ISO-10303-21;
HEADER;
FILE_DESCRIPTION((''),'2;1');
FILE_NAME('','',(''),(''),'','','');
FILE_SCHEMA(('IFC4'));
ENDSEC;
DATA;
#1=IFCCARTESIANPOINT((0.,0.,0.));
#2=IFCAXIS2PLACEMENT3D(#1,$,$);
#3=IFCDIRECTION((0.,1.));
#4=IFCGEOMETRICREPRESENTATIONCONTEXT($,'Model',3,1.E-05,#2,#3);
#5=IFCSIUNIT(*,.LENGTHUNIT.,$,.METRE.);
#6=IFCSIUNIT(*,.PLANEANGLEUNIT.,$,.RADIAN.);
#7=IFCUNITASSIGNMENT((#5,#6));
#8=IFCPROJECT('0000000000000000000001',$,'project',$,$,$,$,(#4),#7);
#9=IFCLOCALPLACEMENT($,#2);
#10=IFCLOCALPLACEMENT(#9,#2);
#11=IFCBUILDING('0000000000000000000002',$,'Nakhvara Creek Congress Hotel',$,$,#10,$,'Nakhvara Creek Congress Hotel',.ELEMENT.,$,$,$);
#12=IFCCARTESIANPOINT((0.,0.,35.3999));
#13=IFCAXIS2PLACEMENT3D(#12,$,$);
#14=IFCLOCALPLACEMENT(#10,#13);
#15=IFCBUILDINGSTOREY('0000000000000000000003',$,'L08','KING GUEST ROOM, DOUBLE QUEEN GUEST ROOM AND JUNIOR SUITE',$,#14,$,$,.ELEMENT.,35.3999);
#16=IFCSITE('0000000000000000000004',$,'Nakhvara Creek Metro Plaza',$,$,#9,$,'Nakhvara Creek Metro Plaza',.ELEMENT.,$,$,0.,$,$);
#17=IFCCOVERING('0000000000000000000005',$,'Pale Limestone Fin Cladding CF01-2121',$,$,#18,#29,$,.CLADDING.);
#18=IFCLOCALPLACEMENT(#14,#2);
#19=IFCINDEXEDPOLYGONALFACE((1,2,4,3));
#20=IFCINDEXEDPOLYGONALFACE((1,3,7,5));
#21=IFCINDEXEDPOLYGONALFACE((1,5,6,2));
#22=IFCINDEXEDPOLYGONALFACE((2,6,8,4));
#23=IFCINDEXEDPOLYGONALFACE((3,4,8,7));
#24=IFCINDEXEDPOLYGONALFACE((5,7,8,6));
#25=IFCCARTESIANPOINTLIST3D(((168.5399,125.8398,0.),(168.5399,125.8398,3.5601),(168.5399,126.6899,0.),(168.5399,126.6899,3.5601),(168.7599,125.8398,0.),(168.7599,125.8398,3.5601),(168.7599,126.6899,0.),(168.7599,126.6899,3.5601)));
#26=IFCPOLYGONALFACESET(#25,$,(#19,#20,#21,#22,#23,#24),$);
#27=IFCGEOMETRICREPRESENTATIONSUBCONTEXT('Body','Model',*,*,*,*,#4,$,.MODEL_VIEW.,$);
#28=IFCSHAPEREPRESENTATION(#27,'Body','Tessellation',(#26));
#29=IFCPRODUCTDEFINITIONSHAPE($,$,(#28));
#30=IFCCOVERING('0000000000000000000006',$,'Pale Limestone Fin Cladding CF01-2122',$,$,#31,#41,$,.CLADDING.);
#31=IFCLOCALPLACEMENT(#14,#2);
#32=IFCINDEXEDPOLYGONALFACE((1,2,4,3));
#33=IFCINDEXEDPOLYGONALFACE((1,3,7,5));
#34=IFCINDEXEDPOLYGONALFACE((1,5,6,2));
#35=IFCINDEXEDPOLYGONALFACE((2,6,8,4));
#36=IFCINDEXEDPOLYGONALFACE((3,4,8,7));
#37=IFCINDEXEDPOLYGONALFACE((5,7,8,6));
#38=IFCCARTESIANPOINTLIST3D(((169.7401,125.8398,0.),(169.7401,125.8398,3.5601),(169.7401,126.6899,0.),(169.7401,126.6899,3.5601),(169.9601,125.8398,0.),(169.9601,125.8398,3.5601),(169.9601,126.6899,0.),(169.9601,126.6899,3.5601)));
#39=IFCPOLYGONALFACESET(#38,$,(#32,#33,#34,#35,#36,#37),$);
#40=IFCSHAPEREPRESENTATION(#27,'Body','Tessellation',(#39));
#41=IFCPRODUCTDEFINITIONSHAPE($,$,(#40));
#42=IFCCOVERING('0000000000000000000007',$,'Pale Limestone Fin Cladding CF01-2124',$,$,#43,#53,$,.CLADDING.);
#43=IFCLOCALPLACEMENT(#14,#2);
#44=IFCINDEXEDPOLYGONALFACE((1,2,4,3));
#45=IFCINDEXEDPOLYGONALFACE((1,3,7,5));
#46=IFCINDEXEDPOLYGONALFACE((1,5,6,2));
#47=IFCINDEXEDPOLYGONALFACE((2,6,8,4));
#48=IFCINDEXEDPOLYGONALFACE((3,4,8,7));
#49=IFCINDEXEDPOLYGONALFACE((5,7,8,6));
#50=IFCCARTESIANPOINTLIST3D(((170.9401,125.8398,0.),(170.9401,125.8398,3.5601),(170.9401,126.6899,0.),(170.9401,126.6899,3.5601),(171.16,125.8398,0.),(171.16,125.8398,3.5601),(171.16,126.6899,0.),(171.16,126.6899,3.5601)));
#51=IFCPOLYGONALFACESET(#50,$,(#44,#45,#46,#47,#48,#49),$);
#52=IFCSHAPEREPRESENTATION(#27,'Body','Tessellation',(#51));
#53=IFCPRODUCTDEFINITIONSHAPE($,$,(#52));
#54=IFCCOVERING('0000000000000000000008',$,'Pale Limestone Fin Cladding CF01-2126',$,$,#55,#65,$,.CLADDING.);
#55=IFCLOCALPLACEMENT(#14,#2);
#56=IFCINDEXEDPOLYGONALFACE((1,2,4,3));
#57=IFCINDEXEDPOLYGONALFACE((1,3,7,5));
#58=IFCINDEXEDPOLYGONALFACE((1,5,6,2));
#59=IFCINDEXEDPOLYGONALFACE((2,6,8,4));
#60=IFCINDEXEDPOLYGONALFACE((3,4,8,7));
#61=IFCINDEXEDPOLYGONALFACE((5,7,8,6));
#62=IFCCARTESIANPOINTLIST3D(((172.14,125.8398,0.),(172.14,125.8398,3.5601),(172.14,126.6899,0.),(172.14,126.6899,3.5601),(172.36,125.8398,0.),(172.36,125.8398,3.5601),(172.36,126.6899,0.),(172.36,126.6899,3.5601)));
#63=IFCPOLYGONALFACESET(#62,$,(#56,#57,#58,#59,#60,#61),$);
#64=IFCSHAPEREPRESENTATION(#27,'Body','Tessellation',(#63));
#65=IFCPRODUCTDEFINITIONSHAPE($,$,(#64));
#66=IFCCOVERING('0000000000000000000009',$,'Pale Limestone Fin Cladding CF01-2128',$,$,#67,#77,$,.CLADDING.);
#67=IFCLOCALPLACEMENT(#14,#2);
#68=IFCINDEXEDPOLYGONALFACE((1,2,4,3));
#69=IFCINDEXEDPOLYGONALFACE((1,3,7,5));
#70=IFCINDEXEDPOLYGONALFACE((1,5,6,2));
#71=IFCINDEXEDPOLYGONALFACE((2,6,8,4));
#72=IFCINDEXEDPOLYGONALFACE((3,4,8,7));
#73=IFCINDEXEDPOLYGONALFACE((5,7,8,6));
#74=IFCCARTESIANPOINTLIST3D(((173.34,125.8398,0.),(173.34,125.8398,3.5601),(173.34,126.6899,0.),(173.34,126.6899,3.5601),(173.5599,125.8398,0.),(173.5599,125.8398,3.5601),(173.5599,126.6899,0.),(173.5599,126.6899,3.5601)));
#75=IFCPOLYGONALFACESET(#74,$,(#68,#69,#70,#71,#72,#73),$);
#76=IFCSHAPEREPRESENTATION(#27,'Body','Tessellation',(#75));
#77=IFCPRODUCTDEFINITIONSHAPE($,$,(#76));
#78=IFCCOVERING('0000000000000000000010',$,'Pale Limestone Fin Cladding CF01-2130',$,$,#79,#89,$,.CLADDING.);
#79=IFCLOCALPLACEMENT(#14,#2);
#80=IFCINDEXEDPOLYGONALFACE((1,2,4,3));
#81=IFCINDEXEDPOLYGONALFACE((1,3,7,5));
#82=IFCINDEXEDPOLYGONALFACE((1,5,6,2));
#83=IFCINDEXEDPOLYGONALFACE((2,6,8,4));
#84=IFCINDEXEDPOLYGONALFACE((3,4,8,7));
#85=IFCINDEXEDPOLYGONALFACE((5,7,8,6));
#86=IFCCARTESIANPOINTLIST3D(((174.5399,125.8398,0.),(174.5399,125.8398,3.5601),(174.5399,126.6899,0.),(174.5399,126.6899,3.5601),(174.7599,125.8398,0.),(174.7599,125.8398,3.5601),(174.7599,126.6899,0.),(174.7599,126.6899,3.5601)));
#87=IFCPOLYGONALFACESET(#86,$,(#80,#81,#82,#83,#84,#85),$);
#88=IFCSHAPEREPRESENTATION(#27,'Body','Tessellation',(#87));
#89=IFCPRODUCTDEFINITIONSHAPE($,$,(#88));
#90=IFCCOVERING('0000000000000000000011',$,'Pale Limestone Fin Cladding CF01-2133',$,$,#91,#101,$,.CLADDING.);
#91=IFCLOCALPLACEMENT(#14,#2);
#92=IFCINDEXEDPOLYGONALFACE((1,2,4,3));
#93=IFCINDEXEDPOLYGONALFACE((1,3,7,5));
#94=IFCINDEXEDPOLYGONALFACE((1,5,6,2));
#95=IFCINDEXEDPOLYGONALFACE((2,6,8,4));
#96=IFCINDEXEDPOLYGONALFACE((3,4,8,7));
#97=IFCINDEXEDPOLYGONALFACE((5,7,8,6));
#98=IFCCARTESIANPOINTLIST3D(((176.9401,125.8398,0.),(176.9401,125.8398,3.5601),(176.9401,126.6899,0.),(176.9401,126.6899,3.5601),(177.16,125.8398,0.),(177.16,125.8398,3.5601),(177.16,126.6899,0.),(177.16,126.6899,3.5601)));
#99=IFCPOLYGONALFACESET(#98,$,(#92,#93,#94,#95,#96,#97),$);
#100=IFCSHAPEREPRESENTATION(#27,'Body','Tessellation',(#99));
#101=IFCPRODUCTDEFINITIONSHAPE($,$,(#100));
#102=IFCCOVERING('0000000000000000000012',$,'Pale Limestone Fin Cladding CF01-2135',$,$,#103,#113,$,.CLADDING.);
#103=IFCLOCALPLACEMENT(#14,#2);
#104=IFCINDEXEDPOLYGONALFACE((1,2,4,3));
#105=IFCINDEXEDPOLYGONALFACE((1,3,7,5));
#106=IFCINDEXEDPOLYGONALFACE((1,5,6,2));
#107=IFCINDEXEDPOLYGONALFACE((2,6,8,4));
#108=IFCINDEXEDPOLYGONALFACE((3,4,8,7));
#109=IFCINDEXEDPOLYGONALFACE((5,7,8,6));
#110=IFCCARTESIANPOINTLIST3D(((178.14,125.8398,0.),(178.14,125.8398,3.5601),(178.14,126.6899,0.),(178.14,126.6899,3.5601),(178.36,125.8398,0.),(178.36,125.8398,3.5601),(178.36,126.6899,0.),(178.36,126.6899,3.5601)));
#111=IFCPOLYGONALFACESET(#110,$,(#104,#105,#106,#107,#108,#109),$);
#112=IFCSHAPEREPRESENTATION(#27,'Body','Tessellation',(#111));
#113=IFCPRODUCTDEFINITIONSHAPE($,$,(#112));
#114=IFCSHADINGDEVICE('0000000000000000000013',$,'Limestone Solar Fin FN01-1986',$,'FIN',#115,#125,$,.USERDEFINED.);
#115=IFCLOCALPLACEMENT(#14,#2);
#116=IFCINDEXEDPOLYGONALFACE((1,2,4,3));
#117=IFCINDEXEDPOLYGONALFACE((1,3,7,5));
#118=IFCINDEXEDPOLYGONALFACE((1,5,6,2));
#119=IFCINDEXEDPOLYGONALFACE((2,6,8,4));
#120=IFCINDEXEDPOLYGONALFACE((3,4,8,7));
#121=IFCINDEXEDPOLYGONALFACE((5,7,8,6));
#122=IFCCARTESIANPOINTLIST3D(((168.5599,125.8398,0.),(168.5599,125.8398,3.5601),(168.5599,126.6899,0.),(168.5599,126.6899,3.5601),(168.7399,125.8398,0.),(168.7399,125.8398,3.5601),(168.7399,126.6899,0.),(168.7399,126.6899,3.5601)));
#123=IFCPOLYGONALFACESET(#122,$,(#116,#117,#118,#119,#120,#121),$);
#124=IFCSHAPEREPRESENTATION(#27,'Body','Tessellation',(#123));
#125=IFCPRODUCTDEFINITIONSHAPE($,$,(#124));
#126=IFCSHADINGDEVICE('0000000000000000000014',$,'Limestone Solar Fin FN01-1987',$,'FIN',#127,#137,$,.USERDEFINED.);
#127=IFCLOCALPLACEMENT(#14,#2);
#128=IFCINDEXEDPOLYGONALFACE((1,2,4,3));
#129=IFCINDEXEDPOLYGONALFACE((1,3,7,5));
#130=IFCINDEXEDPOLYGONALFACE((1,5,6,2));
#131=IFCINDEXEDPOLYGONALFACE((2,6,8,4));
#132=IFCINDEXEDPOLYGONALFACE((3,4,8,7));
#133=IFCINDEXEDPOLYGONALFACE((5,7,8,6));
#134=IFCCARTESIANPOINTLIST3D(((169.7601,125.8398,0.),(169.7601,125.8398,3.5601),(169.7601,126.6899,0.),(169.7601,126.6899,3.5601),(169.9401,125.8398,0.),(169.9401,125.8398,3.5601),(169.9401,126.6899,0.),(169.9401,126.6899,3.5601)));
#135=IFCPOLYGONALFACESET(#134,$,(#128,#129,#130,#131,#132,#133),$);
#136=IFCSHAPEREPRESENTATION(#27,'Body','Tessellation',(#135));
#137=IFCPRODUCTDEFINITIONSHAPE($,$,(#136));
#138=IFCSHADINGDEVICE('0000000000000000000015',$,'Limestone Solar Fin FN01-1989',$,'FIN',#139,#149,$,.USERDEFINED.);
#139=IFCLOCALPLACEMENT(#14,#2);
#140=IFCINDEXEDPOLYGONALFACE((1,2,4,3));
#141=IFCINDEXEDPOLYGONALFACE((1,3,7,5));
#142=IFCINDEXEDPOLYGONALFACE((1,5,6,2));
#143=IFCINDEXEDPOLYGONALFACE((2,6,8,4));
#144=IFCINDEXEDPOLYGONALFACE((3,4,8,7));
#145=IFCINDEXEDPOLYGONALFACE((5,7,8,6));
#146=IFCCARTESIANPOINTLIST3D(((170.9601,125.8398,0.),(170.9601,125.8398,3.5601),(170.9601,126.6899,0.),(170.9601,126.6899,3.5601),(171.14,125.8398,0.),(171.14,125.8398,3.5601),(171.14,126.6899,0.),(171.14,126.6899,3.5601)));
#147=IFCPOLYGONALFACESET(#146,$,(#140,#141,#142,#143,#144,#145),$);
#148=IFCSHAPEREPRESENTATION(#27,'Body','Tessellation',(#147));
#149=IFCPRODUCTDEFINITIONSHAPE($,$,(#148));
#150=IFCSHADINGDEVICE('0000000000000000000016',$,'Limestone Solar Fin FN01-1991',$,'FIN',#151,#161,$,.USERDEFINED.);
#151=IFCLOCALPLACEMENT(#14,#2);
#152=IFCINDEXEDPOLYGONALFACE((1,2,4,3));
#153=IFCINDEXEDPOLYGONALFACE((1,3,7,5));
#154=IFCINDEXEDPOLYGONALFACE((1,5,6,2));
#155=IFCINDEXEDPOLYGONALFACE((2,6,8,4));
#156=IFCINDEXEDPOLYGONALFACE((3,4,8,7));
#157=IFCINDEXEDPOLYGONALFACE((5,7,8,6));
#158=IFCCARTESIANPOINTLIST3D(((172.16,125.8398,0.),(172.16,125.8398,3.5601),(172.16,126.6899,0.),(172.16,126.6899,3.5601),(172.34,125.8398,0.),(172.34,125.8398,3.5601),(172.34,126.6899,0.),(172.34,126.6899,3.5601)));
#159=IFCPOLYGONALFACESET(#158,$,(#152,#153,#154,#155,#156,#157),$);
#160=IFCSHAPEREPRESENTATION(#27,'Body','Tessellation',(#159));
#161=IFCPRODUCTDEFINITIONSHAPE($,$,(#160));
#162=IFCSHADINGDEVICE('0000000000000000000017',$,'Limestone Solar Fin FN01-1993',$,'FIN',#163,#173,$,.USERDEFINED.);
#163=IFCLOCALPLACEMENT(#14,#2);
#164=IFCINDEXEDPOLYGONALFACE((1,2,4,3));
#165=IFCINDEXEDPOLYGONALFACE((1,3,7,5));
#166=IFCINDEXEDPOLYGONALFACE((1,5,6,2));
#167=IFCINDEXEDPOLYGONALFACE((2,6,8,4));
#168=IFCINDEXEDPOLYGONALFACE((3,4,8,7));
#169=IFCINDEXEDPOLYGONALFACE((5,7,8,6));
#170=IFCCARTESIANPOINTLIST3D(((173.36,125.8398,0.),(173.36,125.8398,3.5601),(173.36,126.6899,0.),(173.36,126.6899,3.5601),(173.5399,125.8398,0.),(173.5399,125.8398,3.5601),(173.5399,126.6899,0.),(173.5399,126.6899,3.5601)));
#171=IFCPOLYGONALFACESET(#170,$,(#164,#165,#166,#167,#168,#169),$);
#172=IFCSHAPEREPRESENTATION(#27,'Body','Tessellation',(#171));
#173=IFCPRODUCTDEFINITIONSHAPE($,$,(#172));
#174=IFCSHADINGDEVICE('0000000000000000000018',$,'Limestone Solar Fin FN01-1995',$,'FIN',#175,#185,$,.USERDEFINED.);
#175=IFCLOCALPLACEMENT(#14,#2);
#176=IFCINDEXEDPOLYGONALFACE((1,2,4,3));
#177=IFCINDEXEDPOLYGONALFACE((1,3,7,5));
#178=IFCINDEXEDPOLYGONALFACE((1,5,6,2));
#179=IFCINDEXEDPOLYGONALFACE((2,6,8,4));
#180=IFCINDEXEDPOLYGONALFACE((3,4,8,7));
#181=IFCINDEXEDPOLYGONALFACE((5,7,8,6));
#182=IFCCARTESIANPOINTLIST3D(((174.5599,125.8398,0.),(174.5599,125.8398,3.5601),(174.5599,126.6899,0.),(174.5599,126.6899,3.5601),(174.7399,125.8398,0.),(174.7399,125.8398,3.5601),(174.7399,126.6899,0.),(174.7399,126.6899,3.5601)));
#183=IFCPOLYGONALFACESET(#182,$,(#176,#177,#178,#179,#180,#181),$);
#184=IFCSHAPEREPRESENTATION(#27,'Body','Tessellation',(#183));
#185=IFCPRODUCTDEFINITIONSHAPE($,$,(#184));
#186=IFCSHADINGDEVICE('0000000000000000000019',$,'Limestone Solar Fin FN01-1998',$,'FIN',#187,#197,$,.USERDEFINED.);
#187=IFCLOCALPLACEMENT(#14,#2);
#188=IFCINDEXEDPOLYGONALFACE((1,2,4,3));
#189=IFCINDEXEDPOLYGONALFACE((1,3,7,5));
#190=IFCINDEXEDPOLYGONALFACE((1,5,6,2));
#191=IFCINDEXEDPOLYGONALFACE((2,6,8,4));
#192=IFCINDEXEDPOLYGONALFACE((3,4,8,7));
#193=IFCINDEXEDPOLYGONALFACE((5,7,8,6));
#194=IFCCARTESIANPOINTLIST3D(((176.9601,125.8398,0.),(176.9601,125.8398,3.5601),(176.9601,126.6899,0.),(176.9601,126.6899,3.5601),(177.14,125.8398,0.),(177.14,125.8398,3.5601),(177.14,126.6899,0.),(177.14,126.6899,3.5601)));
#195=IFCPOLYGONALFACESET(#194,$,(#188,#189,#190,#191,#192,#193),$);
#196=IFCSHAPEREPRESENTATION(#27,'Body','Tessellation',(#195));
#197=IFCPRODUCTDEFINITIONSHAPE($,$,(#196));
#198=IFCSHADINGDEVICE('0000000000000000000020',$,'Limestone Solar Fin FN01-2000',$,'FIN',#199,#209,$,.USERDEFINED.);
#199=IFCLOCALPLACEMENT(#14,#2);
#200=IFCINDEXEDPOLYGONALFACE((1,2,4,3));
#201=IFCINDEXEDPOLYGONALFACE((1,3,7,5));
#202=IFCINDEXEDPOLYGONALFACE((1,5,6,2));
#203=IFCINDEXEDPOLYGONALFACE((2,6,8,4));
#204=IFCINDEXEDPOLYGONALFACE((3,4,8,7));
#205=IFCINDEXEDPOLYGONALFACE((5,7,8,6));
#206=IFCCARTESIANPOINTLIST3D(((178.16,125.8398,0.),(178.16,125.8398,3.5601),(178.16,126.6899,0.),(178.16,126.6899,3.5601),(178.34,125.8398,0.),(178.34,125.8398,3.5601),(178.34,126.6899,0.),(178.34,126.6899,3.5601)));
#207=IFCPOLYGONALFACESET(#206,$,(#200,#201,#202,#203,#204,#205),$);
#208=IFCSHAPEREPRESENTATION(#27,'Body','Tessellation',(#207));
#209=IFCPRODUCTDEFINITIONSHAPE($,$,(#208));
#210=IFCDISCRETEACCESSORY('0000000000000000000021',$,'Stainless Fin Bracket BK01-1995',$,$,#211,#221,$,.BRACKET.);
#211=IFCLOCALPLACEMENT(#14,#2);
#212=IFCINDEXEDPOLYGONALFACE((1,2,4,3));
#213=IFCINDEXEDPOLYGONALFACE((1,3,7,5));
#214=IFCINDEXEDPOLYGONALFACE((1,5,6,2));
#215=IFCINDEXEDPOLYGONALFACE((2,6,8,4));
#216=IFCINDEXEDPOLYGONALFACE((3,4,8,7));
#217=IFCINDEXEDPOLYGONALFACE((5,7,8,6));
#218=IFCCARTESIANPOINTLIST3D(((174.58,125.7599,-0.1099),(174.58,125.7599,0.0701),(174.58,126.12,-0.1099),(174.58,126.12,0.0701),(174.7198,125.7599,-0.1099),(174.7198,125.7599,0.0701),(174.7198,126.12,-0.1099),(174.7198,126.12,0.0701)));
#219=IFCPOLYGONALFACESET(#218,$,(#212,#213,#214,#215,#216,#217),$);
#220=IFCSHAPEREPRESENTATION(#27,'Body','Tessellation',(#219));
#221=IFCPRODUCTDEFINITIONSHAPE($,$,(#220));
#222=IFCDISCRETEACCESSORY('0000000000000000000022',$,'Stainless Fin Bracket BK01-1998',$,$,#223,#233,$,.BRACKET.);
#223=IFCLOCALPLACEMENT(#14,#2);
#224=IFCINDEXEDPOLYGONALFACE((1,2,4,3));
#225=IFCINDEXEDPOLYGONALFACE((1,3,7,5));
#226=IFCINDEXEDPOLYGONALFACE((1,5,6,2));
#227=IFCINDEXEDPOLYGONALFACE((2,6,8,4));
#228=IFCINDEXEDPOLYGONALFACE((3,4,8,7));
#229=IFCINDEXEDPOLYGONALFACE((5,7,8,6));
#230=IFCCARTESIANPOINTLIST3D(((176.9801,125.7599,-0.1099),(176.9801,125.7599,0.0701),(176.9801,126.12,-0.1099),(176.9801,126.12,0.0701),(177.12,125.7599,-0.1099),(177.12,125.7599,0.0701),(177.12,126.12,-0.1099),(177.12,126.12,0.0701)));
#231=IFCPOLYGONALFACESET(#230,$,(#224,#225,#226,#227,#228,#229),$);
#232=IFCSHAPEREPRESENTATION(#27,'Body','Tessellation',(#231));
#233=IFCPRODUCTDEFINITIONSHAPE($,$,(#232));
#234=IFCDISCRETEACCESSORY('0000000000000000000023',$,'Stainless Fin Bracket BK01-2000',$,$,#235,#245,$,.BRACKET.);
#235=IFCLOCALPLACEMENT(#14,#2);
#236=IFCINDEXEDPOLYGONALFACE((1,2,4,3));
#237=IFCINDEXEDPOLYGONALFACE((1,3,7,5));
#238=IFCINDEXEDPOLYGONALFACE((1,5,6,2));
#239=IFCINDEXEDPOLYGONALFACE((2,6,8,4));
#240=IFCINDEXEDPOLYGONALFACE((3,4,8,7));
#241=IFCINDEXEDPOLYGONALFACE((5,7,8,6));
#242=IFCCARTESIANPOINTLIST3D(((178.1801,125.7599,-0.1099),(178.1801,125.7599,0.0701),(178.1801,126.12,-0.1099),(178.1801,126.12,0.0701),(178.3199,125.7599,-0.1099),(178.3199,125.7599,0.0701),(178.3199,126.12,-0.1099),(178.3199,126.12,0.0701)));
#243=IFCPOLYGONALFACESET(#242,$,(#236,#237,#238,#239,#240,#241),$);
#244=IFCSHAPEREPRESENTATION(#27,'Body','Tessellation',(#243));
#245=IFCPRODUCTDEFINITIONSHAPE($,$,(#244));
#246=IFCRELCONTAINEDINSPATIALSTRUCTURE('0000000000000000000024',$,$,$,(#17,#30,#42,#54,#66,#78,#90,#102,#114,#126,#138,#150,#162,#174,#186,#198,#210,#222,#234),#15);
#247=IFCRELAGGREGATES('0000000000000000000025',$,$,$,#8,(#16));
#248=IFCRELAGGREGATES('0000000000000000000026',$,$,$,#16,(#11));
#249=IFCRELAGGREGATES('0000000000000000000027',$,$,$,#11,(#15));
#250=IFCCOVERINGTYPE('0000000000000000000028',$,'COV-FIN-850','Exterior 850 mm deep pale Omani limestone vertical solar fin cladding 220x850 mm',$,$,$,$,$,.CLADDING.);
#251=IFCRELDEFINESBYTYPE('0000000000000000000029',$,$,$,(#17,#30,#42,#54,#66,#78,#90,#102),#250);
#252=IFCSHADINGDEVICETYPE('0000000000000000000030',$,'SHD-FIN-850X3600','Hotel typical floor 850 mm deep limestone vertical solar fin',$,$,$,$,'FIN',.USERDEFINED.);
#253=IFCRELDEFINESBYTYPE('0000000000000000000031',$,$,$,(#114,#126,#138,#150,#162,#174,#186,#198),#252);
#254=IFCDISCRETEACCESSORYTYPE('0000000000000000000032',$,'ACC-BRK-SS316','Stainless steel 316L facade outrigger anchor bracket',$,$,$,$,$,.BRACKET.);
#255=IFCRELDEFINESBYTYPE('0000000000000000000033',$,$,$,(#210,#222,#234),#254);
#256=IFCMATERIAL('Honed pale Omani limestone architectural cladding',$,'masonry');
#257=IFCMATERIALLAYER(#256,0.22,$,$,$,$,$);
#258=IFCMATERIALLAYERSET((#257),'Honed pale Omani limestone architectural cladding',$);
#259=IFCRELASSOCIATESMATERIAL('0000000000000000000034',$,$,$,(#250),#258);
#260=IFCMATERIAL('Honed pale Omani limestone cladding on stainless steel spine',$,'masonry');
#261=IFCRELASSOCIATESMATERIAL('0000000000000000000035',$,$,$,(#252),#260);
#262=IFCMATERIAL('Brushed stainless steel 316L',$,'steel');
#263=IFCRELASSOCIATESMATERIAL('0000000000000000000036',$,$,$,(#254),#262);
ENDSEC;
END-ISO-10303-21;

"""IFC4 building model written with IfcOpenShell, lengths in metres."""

from ifc_helpers import new_model, si_unit, direction, frame, origin, origin_2d, place, context, subcontext, project, spatial, rectangle, extrude, material, layer, layer_set, type_object, element, save


model = new_model("IFC4")

# Units and contexts
model_context = context("Model", 3, precision=1e-05, world=origin(), true_north=direction((0.0, 1.0)))
body_context = subcontext(model_context, "Body", "Model", "MODEL_VIEW")
ifc_project = project(units=[si_unit("LENGTHUNIT", "METRE"), si_unit("PLANEANGLEUNIT", "RADIAN")], contexts=[model_context])

# Site, building, storey
site_placement = place(None, origin())
site = spatial("IfcSite", under=ifc_project, at=site_placement, Name="Nakhvara Creek Metro Plaza", LongName="Nakhvara Creek Metro Plaza", CompositionType="ELEMENT", RefElevation=0.0)
building_placement = place(site_placement, origin())
building = spatial("IfcBuilding", under=site, at=building_placement, Name="Nakhvara Creek Congress Hotel", LongName="Nakhvara Creek Congress Hotel", CompositionType="ELEMENT")
storey_placement = place(building_placement, frame((0.0, 0.0, 35.3999)))
storey = spatial("IfcBuildingStorey", under=building, at=storey_placement, Name="L08", Description="KING GUEST ROOM, DOUBLE QUEEN GUEST ROOM AND JUNIOR SUITE", CompositionType="ELEMENT", Elevation=35.3999)

# Coverings
ifc_material_1 = material(Name="Honed pale Omani limestone architectural cladding", Category="masonry")
ifc_layer = layer(ifc_material_1, 0.22)
ifc_layer_set = layer_set([ifc_layer], Name="Honed pale Omani limestone architectural cladding")
covering_type = type_object("IfcCoveringType", Name="COV-FIN-850", Description="Exterior 850 mm deep pale Omani limestone vertical solar fin cladding 220x850 mm", PredefinedType="CLADDING", material=ifc_layer_set)
for number, where, z_axis, x_axis, name in (
    (1, (168.6499, 126.2649, 0.0), (0.0, 0.0, 1.0), (1.0, 0.0, 0.0), "Pale Limestone Fin Cladding CF01-2121"),
    (2, (169.8501, 126.2649, 0.0), (0.0, 0.0, 1.0), (1.0, 0.0, 0.0), "Pale Limestone Fin Cladding CF01-2122"),
    (3, (171.05, 126.2649, 0.0), (0.0, 0.0, 1.0), (1.0, 0.0, 0.0), "Pale Limestone Fin Cladding CF01-2124"),
    (4, (172.25, 126.2649, 0.0), (0.0, 0.0, 1.0), (1.0, 0.0, 0.0), "Pale Limestone Fin Cladding CF01-2126"),
    (5, (173.45, 126.2649, 0.0), (0.0, 0.0, 1.0), (1.0, 0.0, 0.0), "Pale Limestone Fin Cladding CF01-2128"),
    (6, (174.6499, 126.2649, 0.0), (0.0, 0.0, 1.0), (1.0, 0.0, 0.0), "Pale Limestone Fin Cladding CF01-2130"),
    (7, (177.05, 126.2649, 0.0), (0.0, 0.0, 1.0), (1.0, 0.0, 0.0), "Pale Limestone Fin Cladding CF01-2133"),
    (8, (178.25, 126.2649, 0.0), (0.0, 0.0, 1.0), (1.0, 0.0, 0.0), "Pale Limestone Fin Cladding CF01-2135"),
):
    element("IfcCovering", number, at=place(storey_placement, frame(where, z_axis=z_axis, x_axis=x_axis)), inside=storey, type_object=covering_type, Name=name, PredefinedType="CLADDING", context=body_context, shape_type="SweptSolid", body=[
        extrude(rectangle(XDim=0.22, YDim=0.8501, at=origin_2d()), origin(), (0.0, 0.0, 1.0), 3.5601),
    ])

# Shading devices
ifc_material_2 = material(Name="Honed pale Omani limestone cladding on stainless steel spine", Category="masonry")
shading_device_type = type_object("IfcShadingDeviceType", Name="SHD-FIN-850X3600", Description="Hotel typical floor 850 mm deep limestone vertical solar fin", ElementType="FIN", PredefinedType="USERDEFINED", material=ifc_material_2)
for number, where, z_axis, x_axis, name in (
    (9, (168.6499, 126.2649, 0.0), (0.0, 0.0, 1.0), (1.0, 0.0, 0.0), "Limestone Solar Fin FN01-1986"),
    (10, (169.8501, 126.2649, 0.0), (0.0, 0.0, 1.0), (1.0, 0.0, 0.0), "Limestone Solar Fin FN01-1987"),
    (11, (171.05, 126.2649, 0.0), (0.0, 0.0, 1.0), (1.0, 0.0, 0.0), "Limestone Solar Fin FN01-1989"),
    (12, (172.25, 126.2649, 0.0), (0.0, 0.0, 1.0), (1.0, 0.0, 0.0), "Limestone Solar Fin FN01-1991"),
    (13, (173.45, 126.2649, 0.0), (0.0, 0.0, 1.0), (1.0, 0.0, 0.0), "Limestone Solar Fin FN01-1993"),
    (14, (174.6499, 126.2649, 0.0), (0.0, 0.0, 1.0), (1.0, 0.0, 0.0), "Limestone Solar Fin FN01-1995"),
    (15, (177.05, 126.2649, 0.0), (0.0, 0.0, 1.0), (1.0, 0.0, 0.0), "Limestone Solar Fin FN01-1998"),
    (16, (178.25, 126.2649, 0.0), (0.0, 0.0, 1.0), (1.0, 0.0, 0.0), "Limestone Solar Fin FN01-2000"),
):
    element("IfcShadingDevice", number, at=place(storey_placement, frame(where, z_axis=z_axis, x_axis=x_axis)), inside=storey, type_object=shading_device_type, Name=name, ObjectType="FIN", PredefinedType="USERDEFINED", context=body_context, shape_type="SweptSolid", body=[
        extrude(rectangle(XDim=0.1799, YDim=0.8501, at=origin_2d()), origin(), (0.0, 0.0, 1.0), 3.5601),
    ])

# Discrete accessories
ifc_material_3 = material(Name="Brushed stainless steel 316L", Category="steel")
discrete_accessory_type = type_object("IfcDiscreteAccessoryType", Name="ACC-BRK-SS316", Description="Stainless steel 316L facade outrigger anchor bracket", PredefinedType="BRACKET", material=ifc_material_3)
for number, where, z_axis, x_axis, name in (
    (17, (174.6499, 125.9399, -0.1099), (0.0, 0.0, 1.0), (1.0, 0.0, 0.0), "Stainless Fin Bracket BK01-1995"),
    (18, (177.05, 125.9399, -0.1099), (0.0, 0.0, 1.0), (1.0, 0.0, 0.0), "Stainless Fin Bracket BK01-1998"),
    (19, (178.25, 125.9399, -0.1099), (0.0, 0.0, 1.0), (1.0, 0.0, 0.0), "Stainless Fin Bracket BK01-2000"),
):
    element("IfcDiscreteAccessory", number, at=place(storey_placement, frame(where, z_axis=z_axis, x_axis=x_axis)), inside=storey, type_object=discrete_accessory_type, Name=name, PredefinedType="BRACKET", context=body_context, shape_type="SweptSolid", body=[
        extrude(rectangle(XDim=0.1399, YDim=0.3601, at=origin_2d()), origin(), (0.0, 0.0, 1.0), 0.1799),
    ])

save(model, "model.ifc")
